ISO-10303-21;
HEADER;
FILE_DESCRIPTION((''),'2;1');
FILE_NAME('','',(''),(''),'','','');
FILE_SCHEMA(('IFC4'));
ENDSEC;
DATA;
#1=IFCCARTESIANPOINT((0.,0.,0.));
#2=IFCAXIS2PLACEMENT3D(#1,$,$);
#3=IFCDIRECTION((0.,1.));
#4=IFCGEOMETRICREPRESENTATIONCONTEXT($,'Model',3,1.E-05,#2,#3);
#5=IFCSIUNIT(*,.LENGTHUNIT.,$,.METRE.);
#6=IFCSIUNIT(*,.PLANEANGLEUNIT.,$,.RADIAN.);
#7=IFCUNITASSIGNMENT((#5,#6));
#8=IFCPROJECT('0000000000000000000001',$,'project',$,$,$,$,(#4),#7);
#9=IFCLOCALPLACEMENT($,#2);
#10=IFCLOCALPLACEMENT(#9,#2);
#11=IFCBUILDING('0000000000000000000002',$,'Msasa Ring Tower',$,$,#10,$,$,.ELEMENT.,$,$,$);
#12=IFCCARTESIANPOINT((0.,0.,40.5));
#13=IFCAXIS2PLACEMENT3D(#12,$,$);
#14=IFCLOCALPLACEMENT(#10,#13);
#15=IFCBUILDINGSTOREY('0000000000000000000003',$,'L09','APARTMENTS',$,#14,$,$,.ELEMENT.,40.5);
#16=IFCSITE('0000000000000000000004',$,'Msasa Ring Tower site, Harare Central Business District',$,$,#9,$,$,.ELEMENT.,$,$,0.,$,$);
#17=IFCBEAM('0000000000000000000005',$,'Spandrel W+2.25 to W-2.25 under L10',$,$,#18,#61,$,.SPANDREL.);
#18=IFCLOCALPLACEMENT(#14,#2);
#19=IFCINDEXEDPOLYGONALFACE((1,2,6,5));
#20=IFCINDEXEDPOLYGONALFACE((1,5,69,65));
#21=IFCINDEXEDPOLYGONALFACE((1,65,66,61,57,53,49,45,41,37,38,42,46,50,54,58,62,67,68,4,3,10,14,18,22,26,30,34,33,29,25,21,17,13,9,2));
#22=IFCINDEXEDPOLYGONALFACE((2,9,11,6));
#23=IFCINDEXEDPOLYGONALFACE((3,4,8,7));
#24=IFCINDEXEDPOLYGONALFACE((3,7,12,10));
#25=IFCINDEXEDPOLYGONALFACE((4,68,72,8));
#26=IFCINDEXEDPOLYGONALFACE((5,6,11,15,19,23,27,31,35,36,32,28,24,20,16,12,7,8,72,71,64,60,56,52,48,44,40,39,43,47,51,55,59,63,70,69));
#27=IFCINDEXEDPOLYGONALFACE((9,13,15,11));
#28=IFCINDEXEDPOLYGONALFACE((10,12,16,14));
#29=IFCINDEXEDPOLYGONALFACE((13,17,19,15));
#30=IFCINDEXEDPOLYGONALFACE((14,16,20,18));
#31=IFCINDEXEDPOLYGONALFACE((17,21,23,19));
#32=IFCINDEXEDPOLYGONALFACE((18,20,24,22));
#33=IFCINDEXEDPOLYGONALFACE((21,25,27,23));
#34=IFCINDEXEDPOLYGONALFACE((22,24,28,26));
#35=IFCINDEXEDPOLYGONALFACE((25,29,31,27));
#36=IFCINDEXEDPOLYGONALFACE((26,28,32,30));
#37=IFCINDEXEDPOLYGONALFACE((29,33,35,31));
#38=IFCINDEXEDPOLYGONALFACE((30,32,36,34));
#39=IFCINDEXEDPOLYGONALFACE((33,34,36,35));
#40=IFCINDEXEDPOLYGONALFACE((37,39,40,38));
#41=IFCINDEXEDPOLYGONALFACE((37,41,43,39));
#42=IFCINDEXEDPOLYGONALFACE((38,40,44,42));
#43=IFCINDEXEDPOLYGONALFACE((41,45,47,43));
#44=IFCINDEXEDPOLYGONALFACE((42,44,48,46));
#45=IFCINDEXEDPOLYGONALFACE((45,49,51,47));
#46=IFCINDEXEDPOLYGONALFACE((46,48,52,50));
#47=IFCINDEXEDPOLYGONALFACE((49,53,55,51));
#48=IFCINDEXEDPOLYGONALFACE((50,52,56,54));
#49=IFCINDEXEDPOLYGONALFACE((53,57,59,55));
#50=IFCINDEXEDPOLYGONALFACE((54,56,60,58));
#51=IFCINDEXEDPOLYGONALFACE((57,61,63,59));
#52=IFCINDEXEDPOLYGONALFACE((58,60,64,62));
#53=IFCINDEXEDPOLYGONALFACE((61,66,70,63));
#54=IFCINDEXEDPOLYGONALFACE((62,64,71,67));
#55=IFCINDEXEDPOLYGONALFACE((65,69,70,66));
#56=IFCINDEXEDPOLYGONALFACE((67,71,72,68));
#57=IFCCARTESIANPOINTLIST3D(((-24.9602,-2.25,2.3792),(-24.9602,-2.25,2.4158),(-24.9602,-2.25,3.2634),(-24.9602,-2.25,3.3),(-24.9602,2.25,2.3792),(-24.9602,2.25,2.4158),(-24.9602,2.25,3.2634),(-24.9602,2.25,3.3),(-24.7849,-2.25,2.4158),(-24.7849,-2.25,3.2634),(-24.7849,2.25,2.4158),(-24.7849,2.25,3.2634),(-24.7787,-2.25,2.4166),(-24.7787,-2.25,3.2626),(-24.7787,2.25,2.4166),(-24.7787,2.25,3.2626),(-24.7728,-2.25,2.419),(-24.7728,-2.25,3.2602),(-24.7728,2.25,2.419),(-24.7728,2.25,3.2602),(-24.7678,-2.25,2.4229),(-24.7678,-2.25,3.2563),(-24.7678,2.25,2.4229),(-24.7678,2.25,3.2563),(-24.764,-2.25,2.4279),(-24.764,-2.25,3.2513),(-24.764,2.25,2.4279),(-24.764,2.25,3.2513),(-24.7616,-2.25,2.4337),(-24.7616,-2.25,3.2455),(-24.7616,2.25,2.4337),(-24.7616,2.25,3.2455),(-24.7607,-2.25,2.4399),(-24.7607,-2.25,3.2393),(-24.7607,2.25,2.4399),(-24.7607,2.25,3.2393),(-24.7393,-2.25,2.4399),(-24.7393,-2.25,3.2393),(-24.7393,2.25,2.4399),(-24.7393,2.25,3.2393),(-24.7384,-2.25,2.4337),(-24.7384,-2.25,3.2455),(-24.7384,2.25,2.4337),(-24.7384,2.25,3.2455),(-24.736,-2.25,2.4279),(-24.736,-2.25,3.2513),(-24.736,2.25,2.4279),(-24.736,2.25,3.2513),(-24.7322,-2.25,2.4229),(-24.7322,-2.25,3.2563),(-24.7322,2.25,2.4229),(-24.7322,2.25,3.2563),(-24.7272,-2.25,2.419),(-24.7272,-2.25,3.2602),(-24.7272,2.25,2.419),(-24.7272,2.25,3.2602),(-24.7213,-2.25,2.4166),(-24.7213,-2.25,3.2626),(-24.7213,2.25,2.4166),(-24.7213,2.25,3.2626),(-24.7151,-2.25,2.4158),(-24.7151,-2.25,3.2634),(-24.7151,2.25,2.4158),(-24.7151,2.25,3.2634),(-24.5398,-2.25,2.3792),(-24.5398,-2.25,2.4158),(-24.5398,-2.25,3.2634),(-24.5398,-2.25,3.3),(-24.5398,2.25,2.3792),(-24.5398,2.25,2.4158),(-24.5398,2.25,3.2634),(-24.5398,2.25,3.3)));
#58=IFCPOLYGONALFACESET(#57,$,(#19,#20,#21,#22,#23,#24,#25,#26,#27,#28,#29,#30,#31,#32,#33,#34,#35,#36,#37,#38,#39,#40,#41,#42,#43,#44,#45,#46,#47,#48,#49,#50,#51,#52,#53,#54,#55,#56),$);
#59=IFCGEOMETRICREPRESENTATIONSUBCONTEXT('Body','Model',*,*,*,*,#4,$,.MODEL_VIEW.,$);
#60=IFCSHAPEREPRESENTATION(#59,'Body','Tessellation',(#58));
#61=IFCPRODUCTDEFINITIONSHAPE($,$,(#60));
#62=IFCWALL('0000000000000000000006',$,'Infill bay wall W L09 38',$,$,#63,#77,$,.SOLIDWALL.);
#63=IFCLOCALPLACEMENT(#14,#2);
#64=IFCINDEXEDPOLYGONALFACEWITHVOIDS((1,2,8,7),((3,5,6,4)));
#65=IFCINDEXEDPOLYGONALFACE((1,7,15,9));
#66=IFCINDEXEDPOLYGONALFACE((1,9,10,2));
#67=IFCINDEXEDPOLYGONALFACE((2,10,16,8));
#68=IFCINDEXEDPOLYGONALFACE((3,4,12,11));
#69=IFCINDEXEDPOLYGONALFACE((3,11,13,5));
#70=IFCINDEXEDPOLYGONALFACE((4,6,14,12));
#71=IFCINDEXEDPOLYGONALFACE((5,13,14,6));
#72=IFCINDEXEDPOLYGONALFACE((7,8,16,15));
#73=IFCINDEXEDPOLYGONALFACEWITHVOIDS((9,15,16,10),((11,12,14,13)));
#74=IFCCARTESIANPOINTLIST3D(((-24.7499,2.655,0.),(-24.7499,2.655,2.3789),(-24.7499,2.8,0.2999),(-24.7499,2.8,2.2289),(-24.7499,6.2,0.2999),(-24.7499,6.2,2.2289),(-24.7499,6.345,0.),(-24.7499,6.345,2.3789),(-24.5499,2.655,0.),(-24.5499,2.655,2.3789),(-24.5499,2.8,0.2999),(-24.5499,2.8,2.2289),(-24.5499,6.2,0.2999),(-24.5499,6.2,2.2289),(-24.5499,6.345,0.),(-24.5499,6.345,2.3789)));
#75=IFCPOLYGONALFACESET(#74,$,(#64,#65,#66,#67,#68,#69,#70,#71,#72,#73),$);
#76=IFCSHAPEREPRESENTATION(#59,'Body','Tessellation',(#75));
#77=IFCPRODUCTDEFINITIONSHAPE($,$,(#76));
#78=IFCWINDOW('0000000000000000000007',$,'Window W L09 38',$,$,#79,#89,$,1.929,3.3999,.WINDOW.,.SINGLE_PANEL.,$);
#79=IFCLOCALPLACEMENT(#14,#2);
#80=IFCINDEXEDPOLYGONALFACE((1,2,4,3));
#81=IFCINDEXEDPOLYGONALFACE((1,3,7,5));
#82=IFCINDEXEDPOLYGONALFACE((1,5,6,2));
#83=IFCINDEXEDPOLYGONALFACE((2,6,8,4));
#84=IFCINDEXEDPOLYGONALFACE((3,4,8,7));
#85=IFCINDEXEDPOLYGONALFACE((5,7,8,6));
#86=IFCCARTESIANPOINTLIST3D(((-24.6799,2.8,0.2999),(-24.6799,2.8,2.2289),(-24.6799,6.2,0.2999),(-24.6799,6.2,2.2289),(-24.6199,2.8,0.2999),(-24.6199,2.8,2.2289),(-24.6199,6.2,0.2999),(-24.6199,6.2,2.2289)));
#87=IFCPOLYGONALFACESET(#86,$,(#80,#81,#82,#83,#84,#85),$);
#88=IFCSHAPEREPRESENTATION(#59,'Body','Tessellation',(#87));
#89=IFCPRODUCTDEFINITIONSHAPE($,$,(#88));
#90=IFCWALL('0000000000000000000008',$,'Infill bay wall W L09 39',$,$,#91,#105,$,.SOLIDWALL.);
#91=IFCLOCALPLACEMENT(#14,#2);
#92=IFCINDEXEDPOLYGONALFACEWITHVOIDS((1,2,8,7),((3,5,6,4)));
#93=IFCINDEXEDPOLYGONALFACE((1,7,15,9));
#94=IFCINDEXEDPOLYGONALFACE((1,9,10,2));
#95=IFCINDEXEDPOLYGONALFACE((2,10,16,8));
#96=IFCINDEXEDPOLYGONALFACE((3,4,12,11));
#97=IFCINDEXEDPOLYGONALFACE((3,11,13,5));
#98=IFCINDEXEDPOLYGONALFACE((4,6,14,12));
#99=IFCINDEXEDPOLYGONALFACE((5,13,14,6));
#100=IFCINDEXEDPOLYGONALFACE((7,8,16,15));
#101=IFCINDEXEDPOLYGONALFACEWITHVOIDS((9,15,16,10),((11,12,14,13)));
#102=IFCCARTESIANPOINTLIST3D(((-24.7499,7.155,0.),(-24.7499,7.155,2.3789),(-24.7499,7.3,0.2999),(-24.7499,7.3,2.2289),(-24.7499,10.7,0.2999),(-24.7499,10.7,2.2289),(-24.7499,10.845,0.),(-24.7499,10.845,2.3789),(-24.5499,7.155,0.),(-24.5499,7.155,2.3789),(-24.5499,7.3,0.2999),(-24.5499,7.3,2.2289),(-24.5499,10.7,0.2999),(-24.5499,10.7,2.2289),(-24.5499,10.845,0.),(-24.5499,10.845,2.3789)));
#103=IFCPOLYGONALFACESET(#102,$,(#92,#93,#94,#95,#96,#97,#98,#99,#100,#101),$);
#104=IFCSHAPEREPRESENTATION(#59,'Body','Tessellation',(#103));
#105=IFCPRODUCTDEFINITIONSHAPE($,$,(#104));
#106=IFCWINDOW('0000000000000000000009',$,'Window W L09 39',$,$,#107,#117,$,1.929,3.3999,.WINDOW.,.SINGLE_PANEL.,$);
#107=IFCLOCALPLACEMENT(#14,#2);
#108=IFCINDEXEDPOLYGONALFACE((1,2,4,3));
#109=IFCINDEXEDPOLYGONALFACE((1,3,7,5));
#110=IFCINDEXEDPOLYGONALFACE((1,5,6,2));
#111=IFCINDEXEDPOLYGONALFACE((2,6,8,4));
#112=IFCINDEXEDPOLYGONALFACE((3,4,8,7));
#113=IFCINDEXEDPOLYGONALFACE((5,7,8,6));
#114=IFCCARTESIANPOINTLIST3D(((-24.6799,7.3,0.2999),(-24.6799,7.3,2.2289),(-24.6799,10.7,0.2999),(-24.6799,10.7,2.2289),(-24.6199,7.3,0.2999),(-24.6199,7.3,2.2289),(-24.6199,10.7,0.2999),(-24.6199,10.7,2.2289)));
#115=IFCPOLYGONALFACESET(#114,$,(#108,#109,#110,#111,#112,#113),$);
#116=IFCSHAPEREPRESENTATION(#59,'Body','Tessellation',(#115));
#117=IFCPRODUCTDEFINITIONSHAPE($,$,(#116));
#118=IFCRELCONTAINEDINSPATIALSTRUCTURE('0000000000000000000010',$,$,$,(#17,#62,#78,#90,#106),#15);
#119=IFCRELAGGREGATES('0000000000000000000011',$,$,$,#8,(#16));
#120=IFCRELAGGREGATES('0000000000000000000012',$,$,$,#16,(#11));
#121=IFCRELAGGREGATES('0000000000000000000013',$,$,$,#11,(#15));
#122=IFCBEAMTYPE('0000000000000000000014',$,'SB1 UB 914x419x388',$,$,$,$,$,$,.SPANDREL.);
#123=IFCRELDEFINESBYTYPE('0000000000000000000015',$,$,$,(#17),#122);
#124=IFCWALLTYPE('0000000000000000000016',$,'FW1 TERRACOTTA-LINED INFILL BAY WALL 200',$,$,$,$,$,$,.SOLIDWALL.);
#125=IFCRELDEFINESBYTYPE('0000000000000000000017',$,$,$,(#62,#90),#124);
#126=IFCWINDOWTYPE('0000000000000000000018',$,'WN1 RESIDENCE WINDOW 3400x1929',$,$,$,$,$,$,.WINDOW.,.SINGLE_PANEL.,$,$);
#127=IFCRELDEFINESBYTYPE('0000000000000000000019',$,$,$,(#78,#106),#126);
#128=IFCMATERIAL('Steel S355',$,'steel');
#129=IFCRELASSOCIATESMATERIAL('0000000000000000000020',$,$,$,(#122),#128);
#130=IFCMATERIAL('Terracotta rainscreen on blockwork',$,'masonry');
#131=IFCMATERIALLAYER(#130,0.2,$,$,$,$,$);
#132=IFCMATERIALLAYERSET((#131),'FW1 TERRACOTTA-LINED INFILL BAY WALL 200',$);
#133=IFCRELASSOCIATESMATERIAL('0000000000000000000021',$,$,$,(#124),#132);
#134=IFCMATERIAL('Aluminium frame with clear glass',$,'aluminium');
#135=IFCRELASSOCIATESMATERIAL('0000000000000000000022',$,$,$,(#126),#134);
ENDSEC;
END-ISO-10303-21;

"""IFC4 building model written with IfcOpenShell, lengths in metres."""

from ifc_helpers import new_model, si_unit, direction, frame, frame_2d, origin, origin_2d, place, context, subcontext, project, spatial, rectangle, i_section, extrude, material, layer, layer_set, material_profile, profile_set, type_object, element, fill, save


model = new_model("IFC4")

# Units and contexts
model_context = context("Model", 3, precision=1e-05, world=origin(), true_north=direction((0.0, 1.0)))
body_context = subcontext(model_context, "Body", "Model", "MODEL_VIEW")
ifc_project = project(units=[si_unit("LENGTHUNIT", "METRE"), si_unit("PLANEANGLEUNIT", "RADIAN")], contexts=[model_context])

# Site, building, storey
site_placement = place(None, origin())
site = spatial("IfcSite", under=ifc_project, at=site_placement, Name="Msasa Ring Tower site, Harare Central Business District", CompositionType="ELEMENT", RefElevation=0.0)
building_placement = place(site_placement, origin())
building = spatial("IfcBuilding", under=site, at=building_placement, Name="Msasa Ring Tower", CompositionType="ELEMENT")
storey_placement = place(building_placement, frame((0.0, 0.0, 40.5)))
storey = spatial("IfcBuildingStorey", under=building, at=storey_placement, Name="L09", Description="APARTMENTS", CompositionType="ELEMENT", Elevation=40.5)

# Beam
ifc_material_1 = material(Name="Steel S355", Category="steel")
ifc_material_profile_1 = material_profile(ifc_material_1, i_section(OverallWidth=0.4204, OverallDepth=0.9209, WebThickness=0.0215, FlangeThickness=0.0366, FilletRadius=0.0242, at=origin_2d()), Name="UB 914x419x388")
ifc_profile_set_1 = profile_set([ifc_material_profile_1], Name="Steel S355")
beam_type_1 = type_object("IfcBeamType", Name="SB1 UB 914x419x388", PredefinedType="SPANDREL", material=ifc_profile_set_1)
for number, where, z_axis, x_axis, name in (
    (1, (-24.75, 2.25, 2.8396), (0.0, -1.0, 0.0), (1.0, 0.0, 0.0), "Spandrel W+2.25 to W-2.25 under L10"),
):
    element("IfcBeam", number, at=place(storey_placement, frame(where, z_axis=z_axis, x_axis=x_axis)), inside=storey, type_object=beam_type_1, Name=name, PredefinedType="SPANDREL", context=body_context, shape_type="SweptSolid", body=[
        extrude(i_section(OverallWidth=0.4204, OverallDepth=0.9209, WebThickness=0.0215, FlangeThickness=0.0366, FilletRadius=0.0242, at=origin_2d()), origin(), (0.0, 0.0, 1.0), 4.5),
    ])

# Walls, openings, windows
ifc_material_2 = material(Name="Terracotta rainscreen on blockwork", Category="masonry")
ifc_layer_1 = layer(ifc_material_2, 0.2)
ifc_layer_set_1 = layer_set([ifc_layer_1], Name="FW1 TERRACOTTA-LINED INFILL BAY WALL 200")
wall_type_1 = type_object("IfcWallType", Name="FW1 TERRACOTTA-LINED INFILL BAY WALL 200", PredefinedType="SOLIDWALL", material=ifc_layer_set_1)
wall_1_placement = place(storey_placement, frame((-24.6499, 2.655, 0.0), z_axis=(0.0, 0.0, 1.0), x_axis=(0.0, 1.0, 0.0)))
wall_1 = element("IfcWall", 2, at=wall_1_placement, inside=storey, type_object=wall_type_1, Name="Infill bay wall W L09 38", PredefinedType="SOLIDWALL", context=body_context, shape_type="SweptSolid", body=[
    extrude(rectangle(XDim=3.6899, YDim=0.2, at=frame_2d((1.845, 0.0))), origin(), (0.0, 0.0, 1.0), 2.3789),
])
opening_1_placement = place(wall_1_placement, frame((0.145, 0.0, 0.3)))
opening_1 = element("IfcOpeningElement", 3, at=opening_1_placement, cuts=wall_1, PredefinedType="OPENING", context=body_context, shape_type="SweptSolid", body=[
    extrude(rectangle(XDim=3.3999, YDim=1.929, at=frame_2d((1.7, 0.9644))), frame((0.0, 0.1099, 0.0), z_axis=(0.0, -1.0, 0.0), x_axis=(1.0, 0.0, 0.0)), (0.0, 0.0, 1.0), 0.22),
])
ifc_material_3 = material(Name="Aluminium frame with clear glass", Category="aluminium")
window_type = type_object("IfcWindowType", Name="WN1 RESIDENCE WINDOW 3400x1929", PartitioningType="SINGLE_PANEL", PredefinedType="WINDOW", material=ifc_material_3)
window_1_placement = place(opening_1_placement, origin())
window_1 = element("IfcWindow", 4, at=window_1_placement, inside=storey, type_object=window_type, Name="Window W L09 38", OverallHeight=1.929, OverallWidth=3.3999, PartitioningType="SINGLE_PANEL", PredefinedType="WINDOW", context=body_context, shape_type="SweptSolid", body=[
    extrude(rectangle(XDim=3.3999, YDim=1.929, at=frame_2d((1.7, 0.9644))), frame((0.0, 0.03, 0.0), z_axis=(0.0, -1.0, 0.0), x_axis=(1.0, 0.0, 0.0)), (0.0, 0.0, 1.0), 0.0601),
])
fill(opening_1, window_1)
wall_2_placement = place(storey_placement, frame((-24.6499, 7.155, 0.0), z_axis=(0.0, 0.0, 1.0), x_axis=(0.0, 1.0, 0.0)))
wall_2 = element("IfcWall", 5, at=wall_2_placement, inside=storey, type_object=wall_type_1, Name="Infill bay wall W L09 39", PredefinedType="SOLIDWALL", context=body_context, shape_type="SweptSolid", body=[
    extrude(rectangle(XDim=3.6899, YDim=0.2, at=frame_2d((1.845, 0.0))), origin(), (0.0, 0.0, 1.0), 2.3789),
])
opening_2_placement = place(wall_2_placement, frame((0.145, 0.0, 0.3)))
opening_2 = element("IfcOpeningElement", 6, at=opening_2_placement, cuts=wall_2, PredefinedType="OPENING", context=body_context, shape_type="SweptSolid", body=[
    extrude(rectangle(XDim=3.3999, YDim=1.929, at=frame_2d((1.7, 0.9644))), frame((0.0, 0.1099, 0.0), z_axis=(0.0, -1.0, 0.0), x_axis=(1.0, 0.0, 0.0)), (0.0, 0.0, 1.0), 0.22),
])
window_2_placement = place(opening_2_placement, origin())
window_2 = element("IfcWindow", 7, at=window_2_placement, inside=storey, type_object=window_type, Name="Window W L09 39", OverallHeight=1.929, OverallWidth=3.3999, PartitioningType="SINGLE_PANEL", PredefinedType="WINDOW", context=body_context, shape_type="SweptSolid", body=[
    extrude(rectangle(XDim=3.3999, YDim=1.929, at=frame_2d((1.7, 0.9644))), frame((0.0, 0.03, 0.0), z_axis=(0.0, -1.0, 0.0), x_axis=(1.0, 0.0, 0.0)), (0.0, 0.0, 1.0), 0.0601),
])
fill(opening_2, window_2)

save(model, "model.ifc")
